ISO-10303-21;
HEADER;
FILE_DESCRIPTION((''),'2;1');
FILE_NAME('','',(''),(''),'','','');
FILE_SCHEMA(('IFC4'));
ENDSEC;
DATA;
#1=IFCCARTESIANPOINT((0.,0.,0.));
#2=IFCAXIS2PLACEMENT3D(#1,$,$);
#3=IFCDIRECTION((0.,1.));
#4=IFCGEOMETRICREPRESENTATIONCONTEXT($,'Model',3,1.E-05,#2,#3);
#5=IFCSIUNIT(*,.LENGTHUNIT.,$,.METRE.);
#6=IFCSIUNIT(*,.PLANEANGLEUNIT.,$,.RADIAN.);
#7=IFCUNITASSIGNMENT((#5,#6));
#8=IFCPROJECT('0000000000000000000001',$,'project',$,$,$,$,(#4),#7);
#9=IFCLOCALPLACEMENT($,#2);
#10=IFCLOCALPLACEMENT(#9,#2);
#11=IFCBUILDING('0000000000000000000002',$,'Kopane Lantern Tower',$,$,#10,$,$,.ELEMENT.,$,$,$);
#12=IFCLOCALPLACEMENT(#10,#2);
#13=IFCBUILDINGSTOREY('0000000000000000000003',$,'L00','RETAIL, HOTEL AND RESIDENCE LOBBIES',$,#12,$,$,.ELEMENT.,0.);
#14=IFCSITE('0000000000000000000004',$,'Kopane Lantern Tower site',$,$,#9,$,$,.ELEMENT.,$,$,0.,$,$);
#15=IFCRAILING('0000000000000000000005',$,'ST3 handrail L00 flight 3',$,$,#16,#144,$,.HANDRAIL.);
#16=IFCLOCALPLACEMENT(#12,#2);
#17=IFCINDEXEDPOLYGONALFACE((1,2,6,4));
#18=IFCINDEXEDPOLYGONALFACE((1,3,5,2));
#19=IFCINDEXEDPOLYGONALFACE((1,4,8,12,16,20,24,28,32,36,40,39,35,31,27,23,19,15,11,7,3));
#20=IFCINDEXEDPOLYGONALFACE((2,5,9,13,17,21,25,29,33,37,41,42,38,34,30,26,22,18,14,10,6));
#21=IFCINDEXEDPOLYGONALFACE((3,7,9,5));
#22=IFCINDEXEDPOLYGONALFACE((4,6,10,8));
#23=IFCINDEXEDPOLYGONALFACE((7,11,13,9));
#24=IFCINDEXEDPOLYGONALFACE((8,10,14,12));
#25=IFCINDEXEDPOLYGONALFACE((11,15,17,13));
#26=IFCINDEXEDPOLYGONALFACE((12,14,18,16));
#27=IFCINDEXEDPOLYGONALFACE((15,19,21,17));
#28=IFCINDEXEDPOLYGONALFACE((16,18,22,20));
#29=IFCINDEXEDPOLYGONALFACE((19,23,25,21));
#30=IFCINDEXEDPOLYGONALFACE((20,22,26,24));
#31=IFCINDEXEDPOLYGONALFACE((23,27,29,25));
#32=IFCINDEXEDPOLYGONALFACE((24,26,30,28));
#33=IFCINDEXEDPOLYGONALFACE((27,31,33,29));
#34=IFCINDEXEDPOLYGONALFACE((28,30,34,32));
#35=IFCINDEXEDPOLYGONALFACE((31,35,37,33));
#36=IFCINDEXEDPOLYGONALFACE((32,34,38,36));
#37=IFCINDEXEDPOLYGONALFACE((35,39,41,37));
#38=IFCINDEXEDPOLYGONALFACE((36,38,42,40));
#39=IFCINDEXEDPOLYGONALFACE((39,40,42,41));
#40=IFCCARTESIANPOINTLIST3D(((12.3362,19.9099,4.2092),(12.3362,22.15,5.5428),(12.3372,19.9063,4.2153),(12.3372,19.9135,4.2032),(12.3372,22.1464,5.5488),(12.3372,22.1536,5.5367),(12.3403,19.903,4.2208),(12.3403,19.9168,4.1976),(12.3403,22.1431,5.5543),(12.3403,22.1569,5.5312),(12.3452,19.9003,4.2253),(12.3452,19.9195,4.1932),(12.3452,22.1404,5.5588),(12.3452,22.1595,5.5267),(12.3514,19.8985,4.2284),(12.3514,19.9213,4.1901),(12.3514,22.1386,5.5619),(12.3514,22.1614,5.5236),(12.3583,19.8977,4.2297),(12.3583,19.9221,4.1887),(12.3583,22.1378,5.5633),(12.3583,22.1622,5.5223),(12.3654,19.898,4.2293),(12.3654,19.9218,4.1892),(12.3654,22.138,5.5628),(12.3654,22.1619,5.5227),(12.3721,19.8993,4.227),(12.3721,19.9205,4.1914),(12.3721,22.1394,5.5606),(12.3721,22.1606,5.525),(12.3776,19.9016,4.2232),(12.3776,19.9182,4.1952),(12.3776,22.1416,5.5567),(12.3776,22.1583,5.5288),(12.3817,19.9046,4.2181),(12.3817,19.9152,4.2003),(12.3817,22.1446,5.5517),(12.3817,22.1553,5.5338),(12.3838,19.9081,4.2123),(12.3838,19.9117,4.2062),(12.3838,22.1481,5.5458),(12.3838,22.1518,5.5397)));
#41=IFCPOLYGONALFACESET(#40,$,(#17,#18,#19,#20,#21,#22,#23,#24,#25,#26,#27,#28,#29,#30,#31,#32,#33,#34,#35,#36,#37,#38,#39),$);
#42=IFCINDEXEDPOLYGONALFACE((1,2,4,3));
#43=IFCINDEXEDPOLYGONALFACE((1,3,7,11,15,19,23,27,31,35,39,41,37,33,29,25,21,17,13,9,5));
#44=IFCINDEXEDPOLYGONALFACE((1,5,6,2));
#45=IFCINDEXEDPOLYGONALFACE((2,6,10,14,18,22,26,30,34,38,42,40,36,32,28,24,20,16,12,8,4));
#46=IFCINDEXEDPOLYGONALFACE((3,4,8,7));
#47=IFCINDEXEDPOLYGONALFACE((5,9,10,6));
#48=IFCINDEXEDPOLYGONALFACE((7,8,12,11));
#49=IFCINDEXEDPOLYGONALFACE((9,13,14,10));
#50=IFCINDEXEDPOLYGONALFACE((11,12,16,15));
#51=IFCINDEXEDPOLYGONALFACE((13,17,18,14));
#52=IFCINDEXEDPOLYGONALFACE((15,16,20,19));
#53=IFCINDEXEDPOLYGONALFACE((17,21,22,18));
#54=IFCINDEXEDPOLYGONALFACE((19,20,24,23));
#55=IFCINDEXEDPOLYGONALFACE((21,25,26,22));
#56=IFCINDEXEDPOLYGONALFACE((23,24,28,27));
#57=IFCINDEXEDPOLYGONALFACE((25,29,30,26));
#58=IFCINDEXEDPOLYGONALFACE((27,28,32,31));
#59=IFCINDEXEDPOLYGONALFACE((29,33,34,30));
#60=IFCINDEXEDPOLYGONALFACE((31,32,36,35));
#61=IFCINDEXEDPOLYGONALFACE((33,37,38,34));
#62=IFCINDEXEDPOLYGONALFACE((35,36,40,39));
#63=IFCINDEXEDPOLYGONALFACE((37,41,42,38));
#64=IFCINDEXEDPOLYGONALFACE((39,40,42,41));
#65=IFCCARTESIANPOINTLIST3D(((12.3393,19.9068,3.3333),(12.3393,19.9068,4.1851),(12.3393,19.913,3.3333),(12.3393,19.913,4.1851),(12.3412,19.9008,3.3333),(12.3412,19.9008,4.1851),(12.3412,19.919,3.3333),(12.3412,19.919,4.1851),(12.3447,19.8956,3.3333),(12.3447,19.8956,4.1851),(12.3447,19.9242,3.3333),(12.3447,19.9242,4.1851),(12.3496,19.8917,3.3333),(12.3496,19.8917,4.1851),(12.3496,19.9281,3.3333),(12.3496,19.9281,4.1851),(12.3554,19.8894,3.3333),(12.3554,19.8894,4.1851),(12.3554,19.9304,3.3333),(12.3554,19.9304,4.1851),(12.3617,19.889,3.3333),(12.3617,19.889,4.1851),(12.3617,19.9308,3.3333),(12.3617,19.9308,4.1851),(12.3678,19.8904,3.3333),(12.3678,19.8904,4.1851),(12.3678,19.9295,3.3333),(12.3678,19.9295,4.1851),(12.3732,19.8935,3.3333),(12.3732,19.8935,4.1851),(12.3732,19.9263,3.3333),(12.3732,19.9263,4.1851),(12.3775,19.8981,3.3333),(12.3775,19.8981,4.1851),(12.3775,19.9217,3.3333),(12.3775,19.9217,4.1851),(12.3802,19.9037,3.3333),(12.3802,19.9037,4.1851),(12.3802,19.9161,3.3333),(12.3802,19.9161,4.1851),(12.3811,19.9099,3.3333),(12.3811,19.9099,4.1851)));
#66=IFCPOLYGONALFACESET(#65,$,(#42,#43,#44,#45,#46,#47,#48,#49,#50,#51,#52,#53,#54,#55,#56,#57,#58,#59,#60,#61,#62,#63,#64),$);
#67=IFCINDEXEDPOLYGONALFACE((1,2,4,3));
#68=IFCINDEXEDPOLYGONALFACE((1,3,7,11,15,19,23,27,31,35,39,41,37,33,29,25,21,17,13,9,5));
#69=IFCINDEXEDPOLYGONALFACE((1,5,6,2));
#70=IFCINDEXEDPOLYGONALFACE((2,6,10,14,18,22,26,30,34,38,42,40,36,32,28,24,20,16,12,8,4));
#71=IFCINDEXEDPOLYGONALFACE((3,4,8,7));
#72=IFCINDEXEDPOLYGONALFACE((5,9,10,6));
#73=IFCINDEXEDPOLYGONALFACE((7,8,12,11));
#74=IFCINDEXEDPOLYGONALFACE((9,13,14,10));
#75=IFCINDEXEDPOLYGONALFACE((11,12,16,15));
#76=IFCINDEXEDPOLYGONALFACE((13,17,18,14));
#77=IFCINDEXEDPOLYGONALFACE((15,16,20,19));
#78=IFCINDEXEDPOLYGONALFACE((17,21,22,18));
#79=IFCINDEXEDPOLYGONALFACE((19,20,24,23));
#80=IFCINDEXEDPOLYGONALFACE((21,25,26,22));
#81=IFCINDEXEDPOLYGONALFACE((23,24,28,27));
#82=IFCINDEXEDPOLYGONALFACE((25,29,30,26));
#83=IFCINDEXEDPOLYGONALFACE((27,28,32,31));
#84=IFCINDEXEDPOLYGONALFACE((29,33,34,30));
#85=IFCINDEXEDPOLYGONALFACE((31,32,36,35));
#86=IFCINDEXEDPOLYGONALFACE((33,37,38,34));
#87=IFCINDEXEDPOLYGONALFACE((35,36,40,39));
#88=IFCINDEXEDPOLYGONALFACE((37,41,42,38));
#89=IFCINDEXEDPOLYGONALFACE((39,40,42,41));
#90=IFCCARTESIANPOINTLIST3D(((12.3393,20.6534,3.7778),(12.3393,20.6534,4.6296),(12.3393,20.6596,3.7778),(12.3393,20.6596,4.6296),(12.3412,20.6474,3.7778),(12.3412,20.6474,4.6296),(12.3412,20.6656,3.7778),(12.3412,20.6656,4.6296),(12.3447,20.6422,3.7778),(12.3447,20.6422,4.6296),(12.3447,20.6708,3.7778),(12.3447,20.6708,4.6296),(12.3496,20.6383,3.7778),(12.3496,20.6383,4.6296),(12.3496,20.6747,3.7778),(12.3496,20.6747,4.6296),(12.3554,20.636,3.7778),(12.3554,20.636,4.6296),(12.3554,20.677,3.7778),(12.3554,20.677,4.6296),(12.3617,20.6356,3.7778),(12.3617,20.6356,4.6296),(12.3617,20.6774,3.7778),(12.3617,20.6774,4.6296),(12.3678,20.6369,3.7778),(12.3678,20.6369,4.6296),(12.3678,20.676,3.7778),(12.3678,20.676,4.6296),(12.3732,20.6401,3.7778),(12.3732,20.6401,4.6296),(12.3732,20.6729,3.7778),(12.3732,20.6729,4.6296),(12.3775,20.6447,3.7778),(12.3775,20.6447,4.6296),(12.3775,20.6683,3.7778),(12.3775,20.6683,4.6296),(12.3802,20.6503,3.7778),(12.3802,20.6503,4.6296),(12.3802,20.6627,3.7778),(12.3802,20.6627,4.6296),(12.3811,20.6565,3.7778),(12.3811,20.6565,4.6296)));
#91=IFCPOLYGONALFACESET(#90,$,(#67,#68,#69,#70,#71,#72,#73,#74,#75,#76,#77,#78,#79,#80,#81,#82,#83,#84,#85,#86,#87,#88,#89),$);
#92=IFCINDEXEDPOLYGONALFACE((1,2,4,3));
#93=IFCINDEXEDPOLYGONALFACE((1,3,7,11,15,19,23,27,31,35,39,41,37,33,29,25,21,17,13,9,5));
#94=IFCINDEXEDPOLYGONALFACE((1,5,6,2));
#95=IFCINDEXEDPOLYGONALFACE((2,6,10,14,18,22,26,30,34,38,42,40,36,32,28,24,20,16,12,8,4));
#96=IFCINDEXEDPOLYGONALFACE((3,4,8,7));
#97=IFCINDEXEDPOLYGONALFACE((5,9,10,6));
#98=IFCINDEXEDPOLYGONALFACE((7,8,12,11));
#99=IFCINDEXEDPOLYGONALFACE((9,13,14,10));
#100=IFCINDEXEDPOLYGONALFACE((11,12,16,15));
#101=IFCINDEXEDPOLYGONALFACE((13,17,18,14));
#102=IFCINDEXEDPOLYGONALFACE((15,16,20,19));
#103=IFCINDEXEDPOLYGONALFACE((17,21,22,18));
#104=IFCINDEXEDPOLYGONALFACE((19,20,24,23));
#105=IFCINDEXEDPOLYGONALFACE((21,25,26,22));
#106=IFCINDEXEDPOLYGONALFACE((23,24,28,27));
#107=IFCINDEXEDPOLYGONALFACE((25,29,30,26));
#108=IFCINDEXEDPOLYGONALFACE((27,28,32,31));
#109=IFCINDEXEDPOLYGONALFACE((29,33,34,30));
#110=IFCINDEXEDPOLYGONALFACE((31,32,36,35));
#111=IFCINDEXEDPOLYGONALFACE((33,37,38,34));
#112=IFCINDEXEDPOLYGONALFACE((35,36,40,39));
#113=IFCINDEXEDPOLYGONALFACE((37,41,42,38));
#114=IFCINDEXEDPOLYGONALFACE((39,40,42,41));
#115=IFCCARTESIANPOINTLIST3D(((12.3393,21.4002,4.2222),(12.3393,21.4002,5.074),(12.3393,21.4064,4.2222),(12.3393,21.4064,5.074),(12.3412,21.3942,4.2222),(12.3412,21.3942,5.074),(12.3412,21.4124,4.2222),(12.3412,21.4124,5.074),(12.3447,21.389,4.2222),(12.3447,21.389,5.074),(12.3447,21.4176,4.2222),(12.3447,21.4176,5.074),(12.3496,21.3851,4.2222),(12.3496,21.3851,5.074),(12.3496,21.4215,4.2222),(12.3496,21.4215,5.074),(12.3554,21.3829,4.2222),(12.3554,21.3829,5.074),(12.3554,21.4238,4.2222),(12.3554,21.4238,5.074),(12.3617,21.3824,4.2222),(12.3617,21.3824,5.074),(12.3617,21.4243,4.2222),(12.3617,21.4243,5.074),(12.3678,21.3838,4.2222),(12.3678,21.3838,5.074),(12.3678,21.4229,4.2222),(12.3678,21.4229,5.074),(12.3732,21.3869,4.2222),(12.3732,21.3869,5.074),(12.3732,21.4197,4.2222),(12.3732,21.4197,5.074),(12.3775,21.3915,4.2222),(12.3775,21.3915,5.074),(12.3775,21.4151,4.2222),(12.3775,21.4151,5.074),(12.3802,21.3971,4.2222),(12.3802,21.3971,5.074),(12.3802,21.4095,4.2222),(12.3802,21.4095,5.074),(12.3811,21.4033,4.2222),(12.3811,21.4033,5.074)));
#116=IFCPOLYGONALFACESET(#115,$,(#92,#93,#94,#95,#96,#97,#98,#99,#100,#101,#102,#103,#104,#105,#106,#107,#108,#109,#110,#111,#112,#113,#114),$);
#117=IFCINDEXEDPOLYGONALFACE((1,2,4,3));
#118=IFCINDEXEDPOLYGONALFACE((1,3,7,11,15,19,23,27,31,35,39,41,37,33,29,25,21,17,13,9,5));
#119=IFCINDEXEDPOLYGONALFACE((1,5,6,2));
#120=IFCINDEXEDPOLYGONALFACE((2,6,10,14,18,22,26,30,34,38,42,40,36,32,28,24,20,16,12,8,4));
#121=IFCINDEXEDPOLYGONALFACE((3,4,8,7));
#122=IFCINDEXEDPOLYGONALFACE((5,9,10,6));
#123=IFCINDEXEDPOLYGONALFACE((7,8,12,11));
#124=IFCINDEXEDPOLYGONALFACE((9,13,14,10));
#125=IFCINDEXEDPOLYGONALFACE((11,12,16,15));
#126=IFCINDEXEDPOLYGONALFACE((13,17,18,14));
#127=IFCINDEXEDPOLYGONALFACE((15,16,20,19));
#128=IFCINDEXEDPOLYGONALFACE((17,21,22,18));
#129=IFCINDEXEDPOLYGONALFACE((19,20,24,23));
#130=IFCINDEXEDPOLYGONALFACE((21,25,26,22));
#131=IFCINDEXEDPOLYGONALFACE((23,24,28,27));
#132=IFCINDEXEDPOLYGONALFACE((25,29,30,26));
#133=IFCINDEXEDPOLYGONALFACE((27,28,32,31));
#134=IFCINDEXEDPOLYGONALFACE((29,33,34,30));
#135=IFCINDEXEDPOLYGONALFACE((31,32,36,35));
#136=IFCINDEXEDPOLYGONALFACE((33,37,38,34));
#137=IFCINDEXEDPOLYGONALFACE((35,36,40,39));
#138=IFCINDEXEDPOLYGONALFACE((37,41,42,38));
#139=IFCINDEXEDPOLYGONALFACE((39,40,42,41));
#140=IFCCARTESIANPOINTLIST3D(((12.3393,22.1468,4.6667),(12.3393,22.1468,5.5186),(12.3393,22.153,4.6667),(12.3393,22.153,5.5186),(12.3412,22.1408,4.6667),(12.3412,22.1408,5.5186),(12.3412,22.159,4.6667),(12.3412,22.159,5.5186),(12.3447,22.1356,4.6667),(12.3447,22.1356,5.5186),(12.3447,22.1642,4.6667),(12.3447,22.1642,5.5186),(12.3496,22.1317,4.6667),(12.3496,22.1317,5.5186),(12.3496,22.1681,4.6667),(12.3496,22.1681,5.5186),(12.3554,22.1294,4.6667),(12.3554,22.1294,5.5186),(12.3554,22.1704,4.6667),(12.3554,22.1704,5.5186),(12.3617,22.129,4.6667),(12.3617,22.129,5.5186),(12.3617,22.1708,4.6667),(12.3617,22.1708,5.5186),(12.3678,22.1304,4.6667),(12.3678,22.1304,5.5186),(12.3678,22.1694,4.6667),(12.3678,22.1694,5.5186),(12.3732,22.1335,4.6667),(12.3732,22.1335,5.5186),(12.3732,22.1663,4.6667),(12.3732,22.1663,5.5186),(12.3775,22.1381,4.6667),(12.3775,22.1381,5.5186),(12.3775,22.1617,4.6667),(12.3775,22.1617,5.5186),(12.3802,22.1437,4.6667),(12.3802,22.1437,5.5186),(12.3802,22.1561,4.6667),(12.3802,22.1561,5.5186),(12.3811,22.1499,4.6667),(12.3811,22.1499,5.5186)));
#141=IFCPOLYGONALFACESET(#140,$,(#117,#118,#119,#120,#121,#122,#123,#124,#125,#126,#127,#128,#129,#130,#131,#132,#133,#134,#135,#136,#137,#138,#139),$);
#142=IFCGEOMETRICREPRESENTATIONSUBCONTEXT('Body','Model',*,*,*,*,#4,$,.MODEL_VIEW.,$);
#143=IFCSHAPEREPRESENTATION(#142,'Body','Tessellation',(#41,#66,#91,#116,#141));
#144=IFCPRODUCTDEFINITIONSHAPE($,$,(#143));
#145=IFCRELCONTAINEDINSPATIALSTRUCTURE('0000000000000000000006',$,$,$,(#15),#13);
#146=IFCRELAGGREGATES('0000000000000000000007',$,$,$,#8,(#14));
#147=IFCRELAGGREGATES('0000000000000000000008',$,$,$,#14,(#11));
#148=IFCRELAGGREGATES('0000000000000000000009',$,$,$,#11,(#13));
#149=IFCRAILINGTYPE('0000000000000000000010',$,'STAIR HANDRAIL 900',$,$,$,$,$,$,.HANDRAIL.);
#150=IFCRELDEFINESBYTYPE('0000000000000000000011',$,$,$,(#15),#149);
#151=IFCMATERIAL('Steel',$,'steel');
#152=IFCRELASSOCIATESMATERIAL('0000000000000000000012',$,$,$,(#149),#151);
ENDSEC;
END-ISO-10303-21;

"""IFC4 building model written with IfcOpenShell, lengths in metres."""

from ifc_helpers import new_model, si_unit, direction, frame, origin, origin_2d, place, context, subcontext, project, spatial, circle, extrude, material, type_object, element, save


model = new_model("IFC4")

# Units and contexts
model_context = context("Model", 3, precision=1e-05, world=origin(), true_north=direction((0.0, 1.0)))
body_context = subcontext(model_context, "Body", "Model", "MODEL_VIEW")
ifc_project = project(units=[si_unit("LENGTHUNIT", "METRE"), si_unit("PLANEANGLEUNIT", "RADIAN")], contexts=[model_context])

# Site, building, storey
site_placement = place(None, origin())
site = spatial("IfcSite", under=ifc_project, at=site_placement, Name="Kopane Lantern Tower site", CompositionType="ELEMENT", RefElevation=0.0)
building_placement = place(site_placement, origin())
building = spatial("IfcBuilding", under=site, at=building_placement, Name="Kopane Lantern Tower", CompositionType="ELEMENT")
storey_placement = place(building_placement, origin())
storey = spatial("IfcBuildingStorey", under=building, at=storey_placement, Name="L00", Description="RETAIL, HOTEL AND RESIDENCE LOBBIES", CompositionType="ELEMENT", Elevation=0.0)

# Railing
ifc_material_1 = material(Name="Steel", Category="steel")
railing_type_1 = type_object("IfcRailingType", Name="STAIR HANDRAIL 900", PredefinedType="HANDRAIL", material=ifc_material_1)
railing_1_placement = place(storey_placement, frame((12.3601, 19.9099, 3.3333)))
element("IfcRailing", 1, at=railing_1_placement, inside=storey, type_object=railing_type_1, Name="ST3 handrail L00 flight 3", PredefinedType="HANDRAIL", context=body_context, shape_type="SweptSolid", body=[
    extrude(circle(Radius=0.0239, at=origin_2d()), frame((0.0, 0.0, 0.876), z_axis=(0.0, 0.859264, 0.511532), x_axis=(-1.0, 0.0, 0.0)), (0.0, 0.0, 1.0), 2.6069),
    extrude(circle(Radius=0.021, at=origin_2d()), origin(), (0.0, 0.0, 1.0), 0.8518),
    extrude(circle(Radius=0.021, at=origin_2d()), frame((0.0, 0.7466, 0.4446)), (0.0, 0.0, 1.0), 0.8518),
    extrude(circle(Radius=0.021, at=origin_2d()), frame((0.0, 1.4934, 0.8889)), (0.0, 0.0, 1.0), 0.8518),
    extrude(circle(Radius=0.021, at=origin_2d()), frame((0.0, 2.24, 1.3335)), (0.0, 0.0, 1.0), 0.8518),
])

save(model, "model.ifc")
